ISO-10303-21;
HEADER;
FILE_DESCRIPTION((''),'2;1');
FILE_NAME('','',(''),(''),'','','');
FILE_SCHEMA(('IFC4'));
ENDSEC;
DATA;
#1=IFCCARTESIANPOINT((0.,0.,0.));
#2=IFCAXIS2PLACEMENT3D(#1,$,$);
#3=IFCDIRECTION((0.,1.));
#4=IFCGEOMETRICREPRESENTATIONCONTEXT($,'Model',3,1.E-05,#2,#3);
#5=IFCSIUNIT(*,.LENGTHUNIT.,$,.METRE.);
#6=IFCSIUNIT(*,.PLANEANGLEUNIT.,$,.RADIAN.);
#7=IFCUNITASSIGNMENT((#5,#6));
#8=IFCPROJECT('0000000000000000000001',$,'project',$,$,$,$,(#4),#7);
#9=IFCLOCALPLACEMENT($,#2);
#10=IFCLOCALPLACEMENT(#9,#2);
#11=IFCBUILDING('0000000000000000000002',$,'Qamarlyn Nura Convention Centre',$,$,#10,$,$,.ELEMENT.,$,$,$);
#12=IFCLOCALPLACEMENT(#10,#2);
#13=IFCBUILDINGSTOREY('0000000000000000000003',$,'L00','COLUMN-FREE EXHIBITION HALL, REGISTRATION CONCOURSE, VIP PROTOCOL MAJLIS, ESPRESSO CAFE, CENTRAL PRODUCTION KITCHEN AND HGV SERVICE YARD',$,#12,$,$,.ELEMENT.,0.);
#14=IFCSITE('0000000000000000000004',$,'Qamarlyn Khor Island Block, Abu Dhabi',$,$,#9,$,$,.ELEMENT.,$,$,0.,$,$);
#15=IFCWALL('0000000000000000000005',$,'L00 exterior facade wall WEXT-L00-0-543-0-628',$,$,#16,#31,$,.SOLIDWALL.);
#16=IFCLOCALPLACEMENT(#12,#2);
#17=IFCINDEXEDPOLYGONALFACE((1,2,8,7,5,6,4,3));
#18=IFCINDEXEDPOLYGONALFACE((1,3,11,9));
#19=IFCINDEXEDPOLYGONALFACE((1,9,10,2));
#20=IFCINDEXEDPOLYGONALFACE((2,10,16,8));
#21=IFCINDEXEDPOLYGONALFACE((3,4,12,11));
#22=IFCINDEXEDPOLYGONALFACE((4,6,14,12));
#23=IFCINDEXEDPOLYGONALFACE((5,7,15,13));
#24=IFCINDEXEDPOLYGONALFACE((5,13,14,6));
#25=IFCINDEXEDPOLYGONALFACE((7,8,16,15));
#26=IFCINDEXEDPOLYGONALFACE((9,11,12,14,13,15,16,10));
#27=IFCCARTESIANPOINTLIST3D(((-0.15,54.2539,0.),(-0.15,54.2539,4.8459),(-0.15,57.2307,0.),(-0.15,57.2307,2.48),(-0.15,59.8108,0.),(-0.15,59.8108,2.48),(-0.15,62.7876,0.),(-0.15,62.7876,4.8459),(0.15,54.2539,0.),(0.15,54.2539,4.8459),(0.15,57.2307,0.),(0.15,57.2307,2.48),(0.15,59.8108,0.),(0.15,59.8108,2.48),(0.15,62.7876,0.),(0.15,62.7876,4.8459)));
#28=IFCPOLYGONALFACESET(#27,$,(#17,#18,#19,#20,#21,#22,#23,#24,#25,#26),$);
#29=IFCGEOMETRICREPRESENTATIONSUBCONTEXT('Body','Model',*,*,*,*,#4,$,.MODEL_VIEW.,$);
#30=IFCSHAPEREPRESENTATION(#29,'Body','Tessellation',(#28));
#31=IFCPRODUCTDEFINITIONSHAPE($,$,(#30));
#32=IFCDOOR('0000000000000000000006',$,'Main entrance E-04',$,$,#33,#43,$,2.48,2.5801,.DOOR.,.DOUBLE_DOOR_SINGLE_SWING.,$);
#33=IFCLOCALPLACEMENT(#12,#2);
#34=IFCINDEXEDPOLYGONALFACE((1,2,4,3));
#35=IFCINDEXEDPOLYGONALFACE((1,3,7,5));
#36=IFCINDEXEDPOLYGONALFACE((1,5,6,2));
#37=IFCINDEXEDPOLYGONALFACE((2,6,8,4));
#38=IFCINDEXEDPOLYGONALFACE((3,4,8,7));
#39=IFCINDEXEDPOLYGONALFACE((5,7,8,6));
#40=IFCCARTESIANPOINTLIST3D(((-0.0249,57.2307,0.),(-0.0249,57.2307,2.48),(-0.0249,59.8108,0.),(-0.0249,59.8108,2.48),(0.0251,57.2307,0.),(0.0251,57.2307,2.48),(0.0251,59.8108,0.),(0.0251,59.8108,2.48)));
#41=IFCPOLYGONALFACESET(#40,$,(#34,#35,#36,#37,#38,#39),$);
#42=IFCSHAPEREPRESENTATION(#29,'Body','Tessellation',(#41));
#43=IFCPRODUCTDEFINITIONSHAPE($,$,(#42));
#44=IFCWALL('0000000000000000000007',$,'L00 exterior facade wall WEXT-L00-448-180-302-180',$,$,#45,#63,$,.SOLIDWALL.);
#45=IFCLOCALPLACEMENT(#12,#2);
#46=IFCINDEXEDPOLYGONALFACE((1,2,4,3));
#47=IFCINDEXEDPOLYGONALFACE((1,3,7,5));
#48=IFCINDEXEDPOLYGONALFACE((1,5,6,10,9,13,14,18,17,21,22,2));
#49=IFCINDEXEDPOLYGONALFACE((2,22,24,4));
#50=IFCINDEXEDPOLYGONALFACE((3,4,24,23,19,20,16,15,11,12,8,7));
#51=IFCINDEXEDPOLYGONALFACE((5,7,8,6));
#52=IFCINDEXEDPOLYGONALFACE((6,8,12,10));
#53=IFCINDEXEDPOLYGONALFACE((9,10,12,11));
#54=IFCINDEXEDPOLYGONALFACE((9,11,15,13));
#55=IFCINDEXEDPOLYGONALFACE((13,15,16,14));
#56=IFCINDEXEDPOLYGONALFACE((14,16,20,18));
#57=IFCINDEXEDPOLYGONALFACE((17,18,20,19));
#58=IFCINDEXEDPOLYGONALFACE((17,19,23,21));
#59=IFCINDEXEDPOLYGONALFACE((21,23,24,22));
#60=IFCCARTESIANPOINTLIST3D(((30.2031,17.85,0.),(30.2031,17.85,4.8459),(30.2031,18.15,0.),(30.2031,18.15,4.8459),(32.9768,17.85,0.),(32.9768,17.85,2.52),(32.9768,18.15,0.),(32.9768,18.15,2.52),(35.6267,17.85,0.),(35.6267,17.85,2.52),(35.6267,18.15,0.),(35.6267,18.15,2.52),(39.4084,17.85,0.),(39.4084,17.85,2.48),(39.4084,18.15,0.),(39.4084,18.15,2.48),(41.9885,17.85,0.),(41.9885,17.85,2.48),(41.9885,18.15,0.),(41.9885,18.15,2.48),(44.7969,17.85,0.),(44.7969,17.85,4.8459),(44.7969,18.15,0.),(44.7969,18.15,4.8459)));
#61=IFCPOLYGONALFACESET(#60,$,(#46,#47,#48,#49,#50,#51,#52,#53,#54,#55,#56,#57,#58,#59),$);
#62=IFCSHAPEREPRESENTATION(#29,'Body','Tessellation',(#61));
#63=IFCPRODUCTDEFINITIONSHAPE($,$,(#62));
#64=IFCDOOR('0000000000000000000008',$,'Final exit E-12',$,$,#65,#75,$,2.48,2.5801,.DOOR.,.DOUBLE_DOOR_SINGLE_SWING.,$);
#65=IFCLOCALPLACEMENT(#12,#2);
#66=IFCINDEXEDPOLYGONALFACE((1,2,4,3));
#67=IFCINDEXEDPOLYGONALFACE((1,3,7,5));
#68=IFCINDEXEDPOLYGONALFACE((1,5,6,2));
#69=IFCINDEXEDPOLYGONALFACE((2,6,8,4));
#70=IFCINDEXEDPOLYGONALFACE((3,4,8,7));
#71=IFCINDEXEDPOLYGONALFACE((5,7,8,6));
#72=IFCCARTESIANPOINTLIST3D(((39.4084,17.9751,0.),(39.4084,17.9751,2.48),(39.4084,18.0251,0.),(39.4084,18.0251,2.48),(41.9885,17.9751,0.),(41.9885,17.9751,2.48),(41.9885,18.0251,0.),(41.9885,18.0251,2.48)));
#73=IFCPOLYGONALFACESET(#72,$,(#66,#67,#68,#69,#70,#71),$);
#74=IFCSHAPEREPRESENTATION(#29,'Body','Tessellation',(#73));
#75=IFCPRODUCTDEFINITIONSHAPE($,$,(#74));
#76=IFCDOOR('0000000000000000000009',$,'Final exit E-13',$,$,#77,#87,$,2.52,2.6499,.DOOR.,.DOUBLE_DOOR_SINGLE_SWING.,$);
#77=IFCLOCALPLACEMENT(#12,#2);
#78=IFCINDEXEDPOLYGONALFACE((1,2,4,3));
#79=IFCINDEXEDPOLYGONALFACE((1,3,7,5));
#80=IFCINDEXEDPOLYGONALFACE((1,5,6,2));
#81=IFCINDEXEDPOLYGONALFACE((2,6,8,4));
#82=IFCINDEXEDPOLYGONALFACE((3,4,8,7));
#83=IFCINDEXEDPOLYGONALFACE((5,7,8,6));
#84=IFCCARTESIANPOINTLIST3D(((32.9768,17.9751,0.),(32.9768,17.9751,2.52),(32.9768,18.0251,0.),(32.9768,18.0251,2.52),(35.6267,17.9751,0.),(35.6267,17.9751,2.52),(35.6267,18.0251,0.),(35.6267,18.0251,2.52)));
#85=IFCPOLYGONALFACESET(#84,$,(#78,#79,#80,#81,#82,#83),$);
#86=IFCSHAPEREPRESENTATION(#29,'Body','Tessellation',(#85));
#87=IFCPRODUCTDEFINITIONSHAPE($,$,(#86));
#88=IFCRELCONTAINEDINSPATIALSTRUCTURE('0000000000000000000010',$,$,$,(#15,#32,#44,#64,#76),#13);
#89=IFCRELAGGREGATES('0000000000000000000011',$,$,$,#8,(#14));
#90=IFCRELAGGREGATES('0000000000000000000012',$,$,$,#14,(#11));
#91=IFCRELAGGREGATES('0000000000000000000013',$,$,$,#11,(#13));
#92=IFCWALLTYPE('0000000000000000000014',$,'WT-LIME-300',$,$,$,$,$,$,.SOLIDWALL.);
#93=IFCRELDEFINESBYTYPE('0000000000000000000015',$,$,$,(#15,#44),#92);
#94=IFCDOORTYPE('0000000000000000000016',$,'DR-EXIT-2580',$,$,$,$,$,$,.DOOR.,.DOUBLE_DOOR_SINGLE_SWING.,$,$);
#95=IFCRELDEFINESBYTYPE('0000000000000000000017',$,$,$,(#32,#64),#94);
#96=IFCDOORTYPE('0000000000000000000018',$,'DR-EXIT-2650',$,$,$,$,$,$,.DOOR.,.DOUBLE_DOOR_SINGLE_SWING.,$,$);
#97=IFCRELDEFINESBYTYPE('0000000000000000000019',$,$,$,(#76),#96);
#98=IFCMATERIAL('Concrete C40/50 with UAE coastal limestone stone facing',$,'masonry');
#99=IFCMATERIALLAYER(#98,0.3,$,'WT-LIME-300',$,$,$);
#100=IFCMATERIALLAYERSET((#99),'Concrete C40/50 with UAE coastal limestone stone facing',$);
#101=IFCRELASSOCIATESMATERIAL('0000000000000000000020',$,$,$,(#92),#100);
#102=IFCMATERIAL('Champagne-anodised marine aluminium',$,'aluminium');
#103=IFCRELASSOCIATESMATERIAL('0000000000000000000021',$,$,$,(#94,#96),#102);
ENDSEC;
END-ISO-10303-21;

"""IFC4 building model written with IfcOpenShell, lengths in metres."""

from ifc_helpers import new_model, si_unit, direction, frame, frame_2d, origin, place, context, subcontext, project, spatial, rectangle, extrude, material, layer, layer_set, type_object, element, fill, save


model = new_model("IFC4")

# Units and contexts
model_context = context("Model", 3, precision=1e-05, world=origin(), true_north=direction((0.0, 1.0)))
body_context = subcontext(model_context, "Body", "Model", "MODEL_VIEW")
ifc_project = project(units=[si_unit("LENGTHUNIT", "METRE"), si_unit("PLANEANGLEUNIT", "RADIAN")], contexts=[model_context])

# Site, building, storey
site_placement = place(None, origin())
site = spatial("IfcSite", under=ifc_project, at=site_placement, Name="Qamarlyn Khor Island Block, Abu Dhabi", CompositionType="ELEMENT", RefElevation=0.0)
building_placement = place(site_placement, origin())
building = spatial("IfcBuilding", under=site, at=building_placement, Name="Qamarlyn Nura Convention Centre", CompositionType="ELEMENT")
storey_placement = place(building_placement, origin())
storey = spatial("IfcBuildingStorey", under=building, at=storey_placement, Name="L00", Description="COLUMN-FREE EXHIBITION HALL, REGISTRATION CONCOURSE, VIP PROTOCOL MAJLIS, ESPRESSO CAFE, CENTRAL PRODUCTION KITCHEN AND HGV SERVICE YARD", CompositionType="ELEMENT", Elevation=0.0)

# Wall, opening, door
ifc_material_1 = material(Name="Concrete C40/50 with UAE coastal limestone stone facing", Category="masonry")
ifc_layer = layer(ifc_material_1, 0.3, Name="WT-LIME-300")
ifc_layer_set = layer_set([ifc_layer], Name="Concrete C40/50 with UAE coastal limestone stone facing")
wall_type = type_object("IfcWallType", Name="WT-LIME-300", PredefinedType="SOLIDWALL", material=ifc_layer_set)
wall_1_placement = place(storey_placement, frame((0.0, 54.2539, 0.0), z_axis=(0.0, 0.0, 1.0), x_axis=(0.0, 1.0, 0.0)))
wall_1 = element("IfcWall", 1, at=wall_1_placement, inside=storey, type_object=wall_type, Name="L00 exterior facade wall WEXT-L00-0-543-0-628", PredefinedType="SOLIDWALL", context=body_context, shape_type="SweptSolid", body=[
    extrude(rectangle(XDim=8.5337, YDim=0.3, at=frame_2d((4.2668, 0.0))), origin(), (0.0, 0.0, 1.0), 4.8459),
])
opening_1_placement = place(wall_1_placement, frame((2.9768, 0.0, 0.0)))
opening_1 = element("IfcOpeningElement", 2, at=opening_1_placement, cuts=wall_1, PredefinedType="OPENING", context=body_context, shape_type="SweptSolid", body=[
    extrude(rectangle(XDim=2.5801, YDim=2.48, at=frame_2d((1.29, 1.24))), frame((0.0, 0.1602, 0.0), z_axis=(0.0, -1.0, 0.0), x_axis=(1.0, 0.0, 0.0)), (0.0, 0.0, 1.0), 0.3201),
])
ifc_material_2 = material(Name="Champagne-anodised marine aluminium", Category="aluminium")
door_type_1 = type_object("IfcDoorType", Name="DR-EXIT-2580", OperationType="DOUBLE_DOOR_SINGLE_SWING", PredefinedType="DOOR", material=ifc_material_2)
door_1_placement = place(opening_1_placement, origin())
door_1 = element("IfcDoor", 3, at=door_1_placement, inside=storey, type_object=door_type_1, Name="Main entrance E-04", OperationType="DOUBLE_DOOR_SINGLE_SWING", OverallHeight=2.48, OverallWidth=2.5801, PredefinedType="DOOR", context=body_context, shape_type="SweptSolid", body=[
    extrude(rectangle(XDim=2.5801, YDim=2.48, at=frame_2d((1.29, 1.24))), frame((0.0, 0.0249, 0.0), z_axis=(0.0, -1.0, 0.0), x_axis=(1.0, 0.0, 0.0)), (0.0, 0.0, 1.0), 0.05),
])
fill(opening_1, door_1)

# Wall, openings, doors
wall_2_placement = place(storey_placement, frame((44.7969, 18.0, 0.0), z_axis=(0.0, 0.0, 1.0), x_axis=(-1.0, 0.0, 0.0)))
wall_2 = element("IfcWall", 4, at=wall_2_placement, inside=storey, type_object=wall_type, Name="L00 exterior facade wall WEXT-L00-448-180-302-180", PredefinedType="SOLIDWALL", context=body_context, shape_type="SweptSolid", body=[
    extrude(rectangle(XDim=14.5938, YDim=0.3, at=frame_2d((7.2969, 0.0))), origin(), (0.0, 0.0, 1.0), 4.8459),
])
opening_2_placement = place(wall_2_placement, frame((2.8083, 0.0, 0.0)))
opening_2 = element("IfcOpeningElement", 5, at=opening_2_placement, cuts=wall_2, PredefinedType="OPENING", context=body_context, shape_type="SweptSolid", body=[
    extrude(rectangle(XDim=2.5801, YDim=2.48, at=frame_2d((1.29, 1.24))), frame((0.0, 0.1602, 0.0), z_axis=(0.0, -1.0, 0.0), x_axis=(1.0, 0.0, 0.0)), (0.0, 0.0, 1.0), 0.3201),
])
opening_3_placement = place(wall_2_placement, frame((9.1702, 0.0, 0.0)))
opening_3 = element("IfcOpeningElement", 6, at=opening_3_placement, cuts=wall_2, PredefinedType="OPENING", context=body_context, shape_type="SweptSolid", body=[
    extrude(rectangle(XDim=2.6499, YDim=2.52, at=frame_2d((1.325, 1.26))), frame((0.0, 0.1602, 0.0), z_axis=(0.0, -1.0, 0.0), x_axis=(1.0, 0.0, 0.0)), (0.0, 0.0, 1.0), 0.3201),
])
door_2_placement = place(opening_2_placement, origin())
door_2 = element("IfcDoor", 7, at=door_2_placement, inside=storey, type_object=door_type_1, Name="Final exit E-12", OperationType="DOUBLE_DOOR_SINGLE_SWING", OverallHeight=2.48, OverallWidth=2.5801, PredefinedType="DOOR", context=body_context, shape_type="SweptSolid", body=[
    extrude(rectangle(XDim=2.5801, YDim=2.48, at=frame_2d((1.29, 1.24))), frame((0.0, 0.0249, 0.0), z_axis=(0.0, -1.0, 0.0), x_axis=(1.0, 0.0, 0.0)), (0.0, 0.0, 1.0), 0.05),
])
fill(opening_2, door_2)
door_type_2 = type_object("IfcDoorType", Name="DR-EXIT-2650", OperationType="DOUBLE_DOOR_SINGLE_SWING", PredefinedType="DOOR", material=ifc_material_2)
door_3_placement = place(opening_3_placement, origin())
door_3 = element("IfcDoor", 8, at=door_3_placement, inside=storey, type_object=door_type_2, Name="Final exit E-13", OperationType="DOUBLE_DOOR_SINGLE_SWING", OverallHeight=2.52, OverallWidth=2.6499, PredefinedType="DOOR", context=body_context, shape_type="SweptSolid", body=[
    extrude(rectangle(XDim=2.6499, YDim=2.52, at=frame_2d((1.325, 1.26))), frame((0.0, 0.0249, 0.0), z_axis=(0.0, -1.0, 0.0), x_axis=(1.0, 0.0, 0.0)), (0.0, 0.0, 1.0), 0.05),
])
fill(opening_3, door_3)

save(model, "model.ifc")
